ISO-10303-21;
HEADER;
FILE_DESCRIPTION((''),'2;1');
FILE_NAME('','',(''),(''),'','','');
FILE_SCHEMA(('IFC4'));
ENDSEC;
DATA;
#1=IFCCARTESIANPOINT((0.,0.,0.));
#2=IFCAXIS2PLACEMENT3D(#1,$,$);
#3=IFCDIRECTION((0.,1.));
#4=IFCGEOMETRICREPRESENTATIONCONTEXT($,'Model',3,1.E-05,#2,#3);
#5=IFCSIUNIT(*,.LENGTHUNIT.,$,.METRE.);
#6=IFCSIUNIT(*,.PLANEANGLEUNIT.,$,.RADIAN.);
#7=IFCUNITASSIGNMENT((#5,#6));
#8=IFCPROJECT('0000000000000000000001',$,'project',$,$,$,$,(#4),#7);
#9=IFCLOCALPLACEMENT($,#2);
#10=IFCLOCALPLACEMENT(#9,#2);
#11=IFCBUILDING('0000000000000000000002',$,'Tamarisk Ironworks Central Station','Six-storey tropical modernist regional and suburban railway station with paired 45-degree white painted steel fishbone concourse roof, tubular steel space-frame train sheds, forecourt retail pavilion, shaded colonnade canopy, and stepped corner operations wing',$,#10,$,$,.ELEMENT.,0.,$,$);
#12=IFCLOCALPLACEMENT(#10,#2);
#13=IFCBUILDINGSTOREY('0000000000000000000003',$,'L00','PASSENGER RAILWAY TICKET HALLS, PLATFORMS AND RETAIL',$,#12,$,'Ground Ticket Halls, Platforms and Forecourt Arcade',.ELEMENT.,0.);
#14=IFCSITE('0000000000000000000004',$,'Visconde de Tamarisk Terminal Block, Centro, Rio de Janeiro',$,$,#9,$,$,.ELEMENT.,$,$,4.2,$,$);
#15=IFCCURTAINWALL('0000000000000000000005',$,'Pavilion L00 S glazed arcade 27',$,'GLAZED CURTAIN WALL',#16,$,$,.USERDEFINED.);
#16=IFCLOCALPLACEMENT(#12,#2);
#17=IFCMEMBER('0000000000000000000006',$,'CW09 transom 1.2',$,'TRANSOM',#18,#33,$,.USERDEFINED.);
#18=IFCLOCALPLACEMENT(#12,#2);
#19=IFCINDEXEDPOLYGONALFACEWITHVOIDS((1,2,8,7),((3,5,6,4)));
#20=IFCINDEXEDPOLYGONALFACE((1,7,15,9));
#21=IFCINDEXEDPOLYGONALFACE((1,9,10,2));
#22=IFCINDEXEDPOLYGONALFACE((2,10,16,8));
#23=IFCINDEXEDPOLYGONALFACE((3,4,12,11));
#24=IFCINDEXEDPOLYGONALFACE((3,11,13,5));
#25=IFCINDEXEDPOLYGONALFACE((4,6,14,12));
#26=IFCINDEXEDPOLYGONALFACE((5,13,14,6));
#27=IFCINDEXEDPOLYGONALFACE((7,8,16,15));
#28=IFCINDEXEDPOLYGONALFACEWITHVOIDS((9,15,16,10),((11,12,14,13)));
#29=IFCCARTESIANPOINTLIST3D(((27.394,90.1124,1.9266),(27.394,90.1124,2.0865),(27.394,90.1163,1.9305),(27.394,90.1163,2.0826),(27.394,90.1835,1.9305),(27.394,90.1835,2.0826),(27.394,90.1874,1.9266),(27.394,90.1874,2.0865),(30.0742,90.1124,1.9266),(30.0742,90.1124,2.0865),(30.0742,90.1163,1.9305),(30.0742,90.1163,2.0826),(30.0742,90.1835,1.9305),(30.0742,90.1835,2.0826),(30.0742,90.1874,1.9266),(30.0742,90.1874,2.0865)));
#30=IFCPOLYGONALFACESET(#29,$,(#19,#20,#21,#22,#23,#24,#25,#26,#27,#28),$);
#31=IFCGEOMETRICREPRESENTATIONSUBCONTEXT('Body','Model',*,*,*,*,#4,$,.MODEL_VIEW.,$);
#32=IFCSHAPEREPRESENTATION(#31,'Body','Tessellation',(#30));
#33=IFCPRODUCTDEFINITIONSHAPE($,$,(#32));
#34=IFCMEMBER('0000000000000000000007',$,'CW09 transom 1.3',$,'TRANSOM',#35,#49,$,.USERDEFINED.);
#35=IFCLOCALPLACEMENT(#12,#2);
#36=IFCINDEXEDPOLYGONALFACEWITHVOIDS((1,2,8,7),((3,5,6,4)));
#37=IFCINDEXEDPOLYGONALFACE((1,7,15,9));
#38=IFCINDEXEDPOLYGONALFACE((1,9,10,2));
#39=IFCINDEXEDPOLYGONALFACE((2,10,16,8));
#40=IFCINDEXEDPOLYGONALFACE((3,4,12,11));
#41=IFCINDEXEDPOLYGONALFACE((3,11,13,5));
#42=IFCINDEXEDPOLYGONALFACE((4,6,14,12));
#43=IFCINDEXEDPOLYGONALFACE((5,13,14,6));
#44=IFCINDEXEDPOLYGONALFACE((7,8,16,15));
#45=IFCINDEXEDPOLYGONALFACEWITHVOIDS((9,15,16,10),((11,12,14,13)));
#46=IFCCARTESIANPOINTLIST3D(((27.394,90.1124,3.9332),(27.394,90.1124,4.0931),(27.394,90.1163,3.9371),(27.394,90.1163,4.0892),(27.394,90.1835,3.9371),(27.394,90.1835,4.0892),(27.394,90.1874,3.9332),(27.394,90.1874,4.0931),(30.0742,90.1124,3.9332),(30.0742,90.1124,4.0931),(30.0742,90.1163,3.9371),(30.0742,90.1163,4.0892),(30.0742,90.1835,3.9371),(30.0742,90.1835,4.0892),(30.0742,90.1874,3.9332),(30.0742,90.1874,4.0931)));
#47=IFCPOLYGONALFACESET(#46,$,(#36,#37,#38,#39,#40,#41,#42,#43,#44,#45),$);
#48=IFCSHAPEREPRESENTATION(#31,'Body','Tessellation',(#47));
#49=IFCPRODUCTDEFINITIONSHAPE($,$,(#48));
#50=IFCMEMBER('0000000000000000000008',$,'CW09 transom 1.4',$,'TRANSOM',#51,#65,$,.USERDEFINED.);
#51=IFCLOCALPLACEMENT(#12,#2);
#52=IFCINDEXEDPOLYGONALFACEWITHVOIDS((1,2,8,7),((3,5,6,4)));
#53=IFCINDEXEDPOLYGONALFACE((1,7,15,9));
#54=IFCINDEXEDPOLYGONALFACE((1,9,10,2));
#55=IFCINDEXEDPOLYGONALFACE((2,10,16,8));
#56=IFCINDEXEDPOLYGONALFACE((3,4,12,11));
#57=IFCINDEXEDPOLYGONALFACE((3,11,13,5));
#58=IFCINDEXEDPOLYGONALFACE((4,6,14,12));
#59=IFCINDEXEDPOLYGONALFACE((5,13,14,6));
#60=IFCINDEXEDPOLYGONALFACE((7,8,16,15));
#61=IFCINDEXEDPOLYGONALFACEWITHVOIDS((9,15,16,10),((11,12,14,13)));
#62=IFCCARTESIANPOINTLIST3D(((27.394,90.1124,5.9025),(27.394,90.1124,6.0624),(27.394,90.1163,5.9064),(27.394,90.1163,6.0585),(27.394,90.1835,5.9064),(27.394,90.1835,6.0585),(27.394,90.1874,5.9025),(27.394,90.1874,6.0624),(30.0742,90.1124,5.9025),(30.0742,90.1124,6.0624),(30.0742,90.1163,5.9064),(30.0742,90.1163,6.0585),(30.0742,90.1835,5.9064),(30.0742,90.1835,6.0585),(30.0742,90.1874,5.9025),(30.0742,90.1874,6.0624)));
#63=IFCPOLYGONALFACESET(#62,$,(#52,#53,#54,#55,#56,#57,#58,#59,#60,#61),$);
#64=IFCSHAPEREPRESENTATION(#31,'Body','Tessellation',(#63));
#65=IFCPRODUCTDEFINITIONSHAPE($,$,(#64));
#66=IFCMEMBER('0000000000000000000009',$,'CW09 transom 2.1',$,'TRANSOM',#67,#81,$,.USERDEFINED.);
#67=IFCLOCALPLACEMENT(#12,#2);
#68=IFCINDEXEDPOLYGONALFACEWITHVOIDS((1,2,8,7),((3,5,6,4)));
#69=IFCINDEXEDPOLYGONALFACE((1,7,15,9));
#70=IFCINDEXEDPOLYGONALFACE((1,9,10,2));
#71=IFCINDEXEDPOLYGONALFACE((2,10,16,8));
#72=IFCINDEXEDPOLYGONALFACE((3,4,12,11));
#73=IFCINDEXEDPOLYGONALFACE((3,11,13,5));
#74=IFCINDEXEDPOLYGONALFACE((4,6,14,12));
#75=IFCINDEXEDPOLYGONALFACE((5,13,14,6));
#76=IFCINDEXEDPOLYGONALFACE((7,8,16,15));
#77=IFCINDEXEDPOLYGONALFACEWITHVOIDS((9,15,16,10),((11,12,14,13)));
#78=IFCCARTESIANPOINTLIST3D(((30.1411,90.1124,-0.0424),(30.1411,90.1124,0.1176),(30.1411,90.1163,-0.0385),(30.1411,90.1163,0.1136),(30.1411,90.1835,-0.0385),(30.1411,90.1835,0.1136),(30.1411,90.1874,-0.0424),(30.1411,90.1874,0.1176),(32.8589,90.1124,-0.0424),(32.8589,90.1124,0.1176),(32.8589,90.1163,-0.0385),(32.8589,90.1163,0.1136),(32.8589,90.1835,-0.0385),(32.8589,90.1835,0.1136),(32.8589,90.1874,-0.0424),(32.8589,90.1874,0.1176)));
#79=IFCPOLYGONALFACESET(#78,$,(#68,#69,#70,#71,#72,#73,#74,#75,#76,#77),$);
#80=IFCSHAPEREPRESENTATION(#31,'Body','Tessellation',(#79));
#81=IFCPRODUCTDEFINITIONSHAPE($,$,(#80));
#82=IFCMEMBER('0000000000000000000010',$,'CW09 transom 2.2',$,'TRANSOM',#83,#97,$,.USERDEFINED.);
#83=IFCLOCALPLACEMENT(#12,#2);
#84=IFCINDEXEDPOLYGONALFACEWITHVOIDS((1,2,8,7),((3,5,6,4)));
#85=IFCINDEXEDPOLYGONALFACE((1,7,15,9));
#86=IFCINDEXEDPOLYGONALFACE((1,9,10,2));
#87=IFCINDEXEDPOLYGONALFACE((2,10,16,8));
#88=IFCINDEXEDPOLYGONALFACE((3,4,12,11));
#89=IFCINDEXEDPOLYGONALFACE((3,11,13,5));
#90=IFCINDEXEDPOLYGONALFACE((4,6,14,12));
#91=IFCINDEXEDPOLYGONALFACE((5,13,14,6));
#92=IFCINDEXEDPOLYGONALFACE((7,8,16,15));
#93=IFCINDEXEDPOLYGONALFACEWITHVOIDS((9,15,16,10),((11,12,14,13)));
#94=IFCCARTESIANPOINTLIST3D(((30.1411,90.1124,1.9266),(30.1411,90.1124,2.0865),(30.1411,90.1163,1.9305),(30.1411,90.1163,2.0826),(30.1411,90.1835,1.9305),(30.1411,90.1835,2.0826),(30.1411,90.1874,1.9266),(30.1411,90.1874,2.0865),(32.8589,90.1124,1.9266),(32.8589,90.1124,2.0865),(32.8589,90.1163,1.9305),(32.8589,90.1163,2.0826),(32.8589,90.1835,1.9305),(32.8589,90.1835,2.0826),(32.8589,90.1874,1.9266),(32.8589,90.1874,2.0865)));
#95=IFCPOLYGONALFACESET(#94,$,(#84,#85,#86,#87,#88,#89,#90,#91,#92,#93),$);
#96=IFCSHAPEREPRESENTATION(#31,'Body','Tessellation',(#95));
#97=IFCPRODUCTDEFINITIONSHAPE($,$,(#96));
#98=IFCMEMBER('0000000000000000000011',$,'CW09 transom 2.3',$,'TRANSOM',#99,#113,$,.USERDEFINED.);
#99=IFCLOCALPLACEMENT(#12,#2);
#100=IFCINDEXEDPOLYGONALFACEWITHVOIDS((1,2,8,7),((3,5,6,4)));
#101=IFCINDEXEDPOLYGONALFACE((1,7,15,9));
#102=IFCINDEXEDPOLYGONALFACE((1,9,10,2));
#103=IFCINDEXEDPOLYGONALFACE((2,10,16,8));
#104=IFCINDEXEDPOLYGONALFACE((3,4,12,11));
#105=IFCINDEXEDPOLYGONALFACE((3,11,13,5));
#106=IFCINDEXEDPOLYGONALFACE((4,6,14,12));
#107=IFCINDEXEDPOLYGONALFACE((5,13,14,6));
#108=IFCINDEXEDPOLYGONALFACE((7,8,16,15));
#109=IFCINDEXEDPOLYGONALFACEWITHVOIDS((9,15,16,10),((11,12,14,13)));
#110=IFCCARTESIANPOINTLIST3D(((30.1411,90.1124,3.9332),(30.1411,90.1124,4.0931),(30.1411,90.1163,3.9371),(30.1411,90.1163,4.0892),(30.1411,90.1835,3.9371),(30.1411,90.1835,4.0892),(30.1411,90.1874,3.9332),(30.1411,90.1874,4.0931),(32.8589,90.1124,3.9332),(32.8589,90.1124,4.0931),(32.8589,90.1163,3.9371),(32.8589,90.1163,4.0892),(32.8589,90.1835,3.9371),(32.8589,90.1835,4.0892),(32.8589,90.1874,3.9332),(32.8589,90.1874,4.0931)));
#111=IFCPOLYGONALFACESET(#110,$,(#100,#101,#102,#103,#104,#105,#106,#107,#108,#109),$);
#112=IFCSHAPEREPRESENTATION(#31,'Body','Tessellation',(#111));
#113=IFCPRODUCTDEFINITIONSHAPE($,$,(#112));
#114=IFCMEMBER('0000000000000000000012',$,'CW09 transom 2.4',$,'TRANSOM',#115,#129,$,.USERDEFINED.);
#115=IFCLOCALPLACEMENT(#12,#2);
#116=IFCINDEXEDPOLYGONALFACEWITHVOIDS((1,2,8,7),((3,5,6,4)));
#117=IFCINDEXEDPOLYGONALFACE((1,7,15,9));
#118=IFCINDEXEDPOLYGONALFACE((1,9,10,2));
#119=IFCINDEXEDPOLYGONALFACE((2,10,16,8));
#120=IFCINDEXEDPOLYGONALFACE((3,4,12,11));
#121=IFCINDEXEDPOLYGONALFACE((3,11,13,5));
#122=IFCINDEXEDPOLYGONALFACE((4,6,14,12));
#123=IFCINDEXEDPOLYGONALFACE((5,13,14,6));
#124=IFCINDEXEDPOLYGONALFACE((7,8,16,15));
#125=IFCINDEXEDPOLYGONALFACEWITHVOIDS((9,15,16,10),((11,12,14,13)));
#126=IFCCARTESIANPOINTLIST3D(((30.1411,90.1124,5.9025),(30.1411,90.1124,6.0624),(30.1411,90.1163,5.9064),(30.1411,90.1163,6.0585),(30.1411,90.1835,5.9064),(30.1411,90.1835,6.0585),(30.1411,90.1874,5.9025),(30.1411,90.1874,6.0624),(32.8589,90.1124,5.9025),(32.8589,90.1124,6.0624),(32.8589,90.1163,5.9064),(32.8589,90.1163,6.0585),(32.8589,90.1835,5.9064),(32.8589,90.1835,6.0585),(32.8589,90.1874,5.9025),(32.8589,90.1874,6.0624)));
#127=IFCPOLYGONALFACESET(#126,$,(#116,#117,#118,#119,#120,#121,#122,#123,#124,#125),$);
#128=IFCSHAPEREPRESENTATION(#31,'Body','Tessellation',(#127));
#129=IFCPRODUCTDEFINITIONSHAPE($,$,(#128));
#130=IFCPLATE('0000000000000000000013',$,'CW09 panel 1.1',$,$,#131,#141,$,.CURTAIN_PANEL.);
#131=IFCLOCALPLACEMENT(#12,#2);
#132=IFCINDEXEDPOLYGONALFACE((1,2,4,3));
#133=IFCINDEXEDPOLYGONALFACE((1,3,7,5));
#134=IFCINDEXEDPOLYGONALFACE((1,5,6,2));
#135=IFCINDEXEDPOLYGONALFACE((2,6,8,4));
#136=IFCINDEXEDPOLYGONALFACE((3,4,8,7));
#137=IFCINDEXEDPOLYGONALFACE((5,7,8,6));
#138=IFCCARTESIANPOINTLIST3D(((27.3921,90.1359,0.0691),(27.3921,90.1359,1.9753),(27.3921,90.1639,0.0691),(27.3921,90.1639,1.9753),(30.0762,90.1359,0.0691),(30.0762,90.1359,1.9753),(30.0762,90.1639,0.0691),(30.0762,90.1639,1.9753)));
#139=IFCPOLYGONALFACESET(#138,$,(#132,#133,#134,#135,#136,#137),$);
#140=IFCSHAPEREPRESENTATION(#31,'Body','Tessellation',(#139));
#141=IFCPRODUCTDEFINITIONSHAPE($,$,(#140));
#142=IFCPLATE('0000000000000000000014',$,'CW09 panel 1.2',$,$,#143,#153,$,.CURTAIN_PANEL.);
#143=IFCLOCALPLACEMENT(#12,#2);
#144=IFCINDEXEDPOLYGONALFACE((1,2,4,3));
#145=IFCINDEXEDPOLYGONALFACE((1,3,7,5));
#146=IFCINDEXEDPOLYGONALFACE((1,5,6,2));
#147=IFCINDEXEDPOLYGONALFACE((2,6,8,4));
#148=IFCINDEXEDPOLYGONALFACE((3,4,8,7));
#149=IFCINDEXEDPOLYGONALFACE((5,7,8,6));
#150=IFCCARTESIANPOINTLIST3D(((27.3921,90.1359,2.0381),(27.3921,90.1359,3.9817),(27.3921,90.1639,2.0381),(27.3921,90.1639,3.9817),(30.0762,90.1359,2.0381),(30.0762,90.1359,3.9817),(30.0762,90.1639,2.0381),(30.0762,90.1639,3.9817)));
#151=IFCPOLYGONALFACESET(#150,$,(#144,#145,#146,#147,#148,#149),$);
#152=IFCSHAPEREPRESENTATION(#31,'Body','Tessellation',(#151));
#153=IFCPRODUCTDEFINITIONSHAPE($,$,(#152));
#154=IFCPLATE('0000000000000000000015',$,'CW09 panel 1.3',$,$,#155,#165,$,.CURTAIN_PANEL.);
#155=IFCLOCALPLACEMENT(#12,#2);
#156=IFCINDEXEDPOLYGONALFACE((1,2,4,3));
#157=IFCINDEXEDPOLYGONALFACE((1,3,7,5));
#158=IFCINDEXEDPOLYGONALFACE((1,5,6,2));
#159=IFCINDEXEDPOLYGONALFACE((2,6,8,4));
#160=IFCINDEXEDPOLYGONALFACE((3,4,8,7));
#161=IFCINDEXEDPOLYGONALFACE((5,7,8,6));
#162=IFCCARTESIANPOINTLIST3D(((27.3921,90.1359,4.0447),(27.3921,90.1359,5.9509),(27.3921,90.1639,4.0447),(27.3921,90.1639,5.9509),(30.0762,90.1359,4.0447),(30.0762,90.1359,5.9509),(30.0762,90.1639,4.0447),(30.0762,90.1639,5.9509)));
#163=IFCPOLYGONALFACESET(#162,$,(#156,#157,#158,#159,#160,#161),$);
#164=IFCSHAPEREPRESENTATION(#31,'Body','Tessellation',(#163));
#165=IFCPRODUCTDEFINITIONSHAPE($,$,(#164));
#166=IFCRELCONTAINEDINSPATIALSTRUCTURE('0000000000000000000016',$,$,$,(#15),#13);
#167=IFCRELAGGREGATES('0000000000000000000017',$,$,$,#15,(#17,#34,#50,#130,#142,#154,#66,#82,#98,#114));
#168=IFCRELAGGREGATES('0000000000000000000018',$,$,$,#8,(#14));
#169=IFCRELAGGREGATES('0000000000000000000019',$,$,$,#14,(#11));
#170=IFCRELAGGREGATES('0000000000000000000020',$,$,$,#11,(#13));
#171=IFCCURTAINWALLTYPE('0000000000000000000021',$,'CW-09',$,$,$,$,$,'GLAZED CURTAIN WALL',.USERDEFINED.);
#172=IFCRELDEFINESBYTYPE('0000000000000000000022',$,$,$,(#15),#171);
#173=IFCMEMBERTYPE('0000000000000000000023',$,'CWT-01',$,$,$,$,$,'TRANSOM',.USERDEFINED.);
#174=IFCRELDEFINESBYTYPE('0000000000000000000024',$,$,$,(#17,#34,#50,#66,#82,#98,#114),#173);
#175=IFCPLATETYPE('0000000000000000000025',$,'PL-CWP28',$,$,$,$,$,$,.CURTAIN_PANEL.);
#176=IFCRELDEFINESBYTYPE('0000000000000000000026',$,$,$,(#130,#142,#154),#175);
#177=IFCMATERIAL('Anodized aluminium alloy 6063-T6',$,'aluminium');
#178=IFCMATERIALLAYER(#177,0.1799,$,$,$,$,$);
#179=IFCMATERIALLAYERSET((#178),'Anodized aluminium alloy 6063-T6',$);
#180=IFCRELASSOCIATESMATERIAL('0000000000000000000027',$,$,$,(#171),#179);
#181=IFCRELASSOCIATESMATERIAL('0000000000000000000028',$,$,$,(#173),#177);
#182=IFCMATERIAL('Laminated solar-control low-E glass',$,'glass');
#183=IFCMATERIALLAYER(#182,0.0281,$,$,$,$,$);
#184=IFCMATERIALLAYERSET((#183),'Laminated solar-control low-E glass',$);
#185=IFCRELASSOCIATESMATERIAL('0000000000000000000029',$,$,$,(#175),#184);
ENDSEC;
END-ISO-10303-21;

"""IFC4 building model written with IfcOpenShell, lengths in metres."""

from ifc_helpers import new_model, si_unit, direction, frame, origin, origin_2d, place, context, subcontext, project, spatial, rectangle, hollow_rectangle, extrude, material, layer, layer_set, material_profile, profile_set, type_object, element, aggregate, save


model = new_model("IFC4")

# Units and contexts
model_context = context("Model", 3, precision=1e-05, world=origin(), true_north=direction((0.0, 1.0)))
body_context = subcontext(model_context, "Body", "Model", "MODEL_VIEW")
ifc_project = project(units=[si_unit("LENGTHUNIT", "METRE"), si_unit("PLANEANGLEUNIT", "RADIAN")], contexts=[model_context])

# Site, building, storey
site_placement = place(None, origin())
site = spatial("IfcSite", under=ifc_project, at=site_placement, Name="Visconde de Tamarisk Terminal Block, Centro, Rio de Janeiro", CompositionType="ELEMENT", RefElevation=4.2)
building_placement = place(site_placement, origin())
building = spatial("IfcBuilding", under=site, at=building_placement, Name="Tamarisk Ironworks Central Station", Description="Six-storey tropical modernist regional and suburban railway station with paired 45-degree white painted steel fishbone concourse roof, tubular steel space-frame train sheds, forecourt retail pavilion, shaded colonnade canopy, and stepped corner operations wing", CompositionType="ELEMENT", ElevationOfRefHeight=0.0)
storey_placement = place(building_placement, origin())
storey = spatial("IfcBuildingStorey", under=building, at=storey_placement, Name="L00", Description="PASSENGER RAILWAY TICKET HALLS, PLATFORMS AND RETAIL", LongName="Ground Ticket Halls, Platforms and Forecourt Arcade", CompositionType="ELEMENT", Elevation=0.0)

# Curtain wall, members, plates
ifc_material_1 = material(Name="Anodized aluminium alloy 6063-T6", Category="aluminium")
ifc_layer_1 = layer(ifc_material_1, 0.1799)
ifc_layer_set_1 = layer_set([ifc_layer_1], Name="Anodized aluminium alloy 6063-T6")
curtain_wall_type = type_object("IfcCurtainWallType", Name="CW-09", ElementType="GLAZED CURTAIN WALL", PredefinedType="USERDEFINED", material=ifc_layer_set_1)
curtain_wall_placement = place(storey_placement, origin())
curtain_wall = element("IfcCurtainWall", 1, at=curtain_wall_placement, inside=storey, type_object=curtain_wall_type, Name="Pavilion L00 S glazed arcade 27", ObjectType="GLAZED CURTAIN WALL", PredefinedType="USERDEFINED")
ifc_material_profile_1 = material_profile(ifc_material_1, hollow_rectangle(XDim=0.075, YDim=0.1599, WallThickness=0.0039, at=origin_2d()), Name="ALUM 160x75")
ifc_profile_set_1 = profile_set([ifc_material_profile_1], Name="Anodized aluminium alloy 6063-T6")
member_type_1 = type_object("IfcMemberType", Name="CWT-01", ElementType="TRANSOM", PredefinedType="USERDEFINED", material=ifc_profile_set_1)
member_1_placement = place(storey_placement, frame((27.394, 90.1499, 2.0066), z_axis=(1.0, 0.0, 0.0), x_axis=(0.0, 1.0, 0.0)))
member_1 = element("IfcMember", 2, at=member_1_placement, type_object=member_type_1, Name="CW09 transom 1.2", ObjectType="TRANSOM", PredefinedType="USERDEFINED", context=body_context, shape_type="SweptSolid", body=[
    extrude(hollow_rectangle(XDim=0.075, YDim=0.1599, WallThickness=0.0039, at=origin_2d()), origin(), (0.0, 0.0, 1.0), 2.6802),
])
member_2_placement = place(storey_placement, frame((27.394, 90.1499, 4.0132), z_axis=(1.0, 0.0, 0.0), x_axis=(0.0, 1.0, 0.0)))
member_2 = element("IfcMember", 3, at=member_2_placement, type_object=member_type_1, Name="CW09 transom 1.3", ObjectType="TRANSOM", PredefinedType="USERDEFINED", context=body_context, shape_type="SweptSolid", body=[
    extrude(hollow_rectangle(XDim=0.075, YDim=0.1599, WallThickness=0.0039, at=origin_2d()), origin(), (0.0, 0.0, 1.0), 2.6802),
])
member_3_placement = place(storey_placement, frame((27.394, 90.1499, 5.9824), z_axis=(1.0, 0.0, 0.0), x_axis=(0.0, 1.0, 0.0)))
member_3 = element("IfcMember", 4, at=member_3_placement, type_object=member_type_1, Name="CW09 transom 1.4", ObjectType="TRANSOM", PredefinedType="USERDEFINED", context=body_context, shape_type="SweptSolid", body=[
    extrude(hollow_rectangle(XDim=0.075, YDim=0.1599, WallThickness=0.0039, at=origin_2d()), origin(), (0.0, 0.0, 1.0), 2.6802),
])
member_4_placement = place(storey_placement, frame((30.1411, 90.1499, 0.0376), z_axis=(1.0, 0.0, 0.0), x_axis=(0.0, 1.0, 0.0)))
member_4 = element("IfcMember", 5, at=member_4_placement, type_object=member_type_1, Name="CW09 transom 2.1", ObjectType="TRANSOM", PredefinedType="USERDEFINED", context=body_context, shape_type="SweptSolid", body=[
    extrude(hollow_rectangle(XDim=0.075, YDim=0.1599, WallThickness=0.0039, at=origin_2d()), origin(), (0.0, 0.0, 1.0), 2.7178),
])
member_5_placement = place(storey_placement, frame((30.1411, 90.1499, 2.0066), z_axis=(1.0, 0.0, 0.0), x_axis=(0.0, 1.0, 0.0)))
member_5 = element("IfcMember", 6, at=member_5_placement, type_object=member_type_1, Name="CW09 transom 2.2", ObjectType="TRANSOM", PredefinedType="USERDEFINED", context=body_context, shape_type="SweptSolid", body=[
    extrude(hollow_rectangle(XDim=0.075, YDim=0.1599, WallThickness=0.0039, at=origin_2d()), origin(), (0.0, 0.0, 1.0), 2.7178),
])
member_6_placement = place(storey_placement, frame((30.1411, 90.1499, 4.0132), z_axis=(1.0, 0.0, 0.0), x_axis=(0.0, 1.0, 0.0)))
member_6 = element("IfcMember", 7, at=member_6_placement, type_object=member_type_1, Name="CW09 transom 2.3", ObjectType="TRANSOM", PredefinedType="USERDEFINED", context=body_context, shape_type="SweptSolid", body=[
    extrude(hollow_rectangle(XDim=0.075, YDim=0.1599, WallThickness=0.0039, at=origin_2d()), origin(), (0.0, 0.0, 1.0), 2.7178),
])
member_7_placement = place(storey_placement, frame((30.1411, 90.1499, 5.9824), z_axis=(1.0, 0.0, 0.0), x_axis=(0.0, 1.0, 0.0)))
member_7 = element("IfcMember", 8, at=member_7_placement, type_object=member_type_1, Name="CW09 transom 2.4", ObjectType="TRANSOM", PredefinedType="USERDEFINED", context=body_context, shape_type="SweptSolid", body=[
    extrude(hollow_rectangle(XDim=0.075, YDim=0.1599, WallThickness=0.0039, at=origin_2d()), origin(), (0.0, 0.0, 1.0), 2.7178),
])
ifc_material_2 = material(Name="Laminated solar-control low-E glass", Category="glass")
ifc_layer_2 = layer(ifc_material_2, 0.0281)
ifc_layer_set_2 = layer_set([ifc_layer_2], Name="Laminated solar-control low-E glass")
plate_type = type_object("IfcPlateType", Name="PL-CWP28", PredefinedType="CURTAIN_PANEL", material=ifc_layer_set_2)
plate_1_placement = place(storey_placement, frame((28.7341, 90.1499, 0.0691), z_axis=(0.0, 0.0, 1.0), x_axis=(1.0, 0.0, 0.0)))
plate_1 = element("IfcPlate", 9, at=plate_1_placement, type_object=plate_type, Name="CW09 panel 1.1", PredefinedType="CURTAIN_PANEL", context=body_context, shape_type="SweptSolid", body=[
    extrude(rectangle(XDim=2.6841, YDim=0.0281, at=origin_2d()), origin(), (0.0, 0.0, 1.0), 1.9062),
])
plate_2_placement = place(storey_placement, frame((28.7341, 90.1499, 2.0381), z_axis=(0.0, 0.0, 1.0), x_axis=(1.0, 0.0, 0.0)))
plate_2 = element("IfcPlate", 10, at=plate_2_placement, type_object=plate_type, Name="CW09 panel 1.2", PredefinedType="CURTAIN_PANEL", context=body_context, shape_type="SweptSolid", body=[
    extrude(rectangle(XDim=2.6841, YDim=0.0281, at=origin_2d()), origin(), (0.0, 0.0, 1.0), 1.9436),
])
plate_3_placement = place(storey_placement, frame((28.7341, 90.1499, 4.0447), z_axis=(0.0, 0.0, 1.0), x_axis=(1.0, 0.0, 0.0)))
plate_3 = element("IfcPlate", 11, at=plate_3_placement, type_object=plate_type, Name="CW09 panel 1.3", PredefinedType="CURTAIN_PANEL", context=body_context, shape_type="SweptSolid", body=[
    extrude(rectangle(XDim=2.6841, YDim=0.0281, at=origin_2d()), origin(), (0.0, 0.0, 1.0), 1.9062),
])
aggregate(curtain_wall, [member_1, member_2, member_3, plate_1, plate_2, plate_3, member_4, member_5, member_6, member_7])

save(model, "model.ifc")
